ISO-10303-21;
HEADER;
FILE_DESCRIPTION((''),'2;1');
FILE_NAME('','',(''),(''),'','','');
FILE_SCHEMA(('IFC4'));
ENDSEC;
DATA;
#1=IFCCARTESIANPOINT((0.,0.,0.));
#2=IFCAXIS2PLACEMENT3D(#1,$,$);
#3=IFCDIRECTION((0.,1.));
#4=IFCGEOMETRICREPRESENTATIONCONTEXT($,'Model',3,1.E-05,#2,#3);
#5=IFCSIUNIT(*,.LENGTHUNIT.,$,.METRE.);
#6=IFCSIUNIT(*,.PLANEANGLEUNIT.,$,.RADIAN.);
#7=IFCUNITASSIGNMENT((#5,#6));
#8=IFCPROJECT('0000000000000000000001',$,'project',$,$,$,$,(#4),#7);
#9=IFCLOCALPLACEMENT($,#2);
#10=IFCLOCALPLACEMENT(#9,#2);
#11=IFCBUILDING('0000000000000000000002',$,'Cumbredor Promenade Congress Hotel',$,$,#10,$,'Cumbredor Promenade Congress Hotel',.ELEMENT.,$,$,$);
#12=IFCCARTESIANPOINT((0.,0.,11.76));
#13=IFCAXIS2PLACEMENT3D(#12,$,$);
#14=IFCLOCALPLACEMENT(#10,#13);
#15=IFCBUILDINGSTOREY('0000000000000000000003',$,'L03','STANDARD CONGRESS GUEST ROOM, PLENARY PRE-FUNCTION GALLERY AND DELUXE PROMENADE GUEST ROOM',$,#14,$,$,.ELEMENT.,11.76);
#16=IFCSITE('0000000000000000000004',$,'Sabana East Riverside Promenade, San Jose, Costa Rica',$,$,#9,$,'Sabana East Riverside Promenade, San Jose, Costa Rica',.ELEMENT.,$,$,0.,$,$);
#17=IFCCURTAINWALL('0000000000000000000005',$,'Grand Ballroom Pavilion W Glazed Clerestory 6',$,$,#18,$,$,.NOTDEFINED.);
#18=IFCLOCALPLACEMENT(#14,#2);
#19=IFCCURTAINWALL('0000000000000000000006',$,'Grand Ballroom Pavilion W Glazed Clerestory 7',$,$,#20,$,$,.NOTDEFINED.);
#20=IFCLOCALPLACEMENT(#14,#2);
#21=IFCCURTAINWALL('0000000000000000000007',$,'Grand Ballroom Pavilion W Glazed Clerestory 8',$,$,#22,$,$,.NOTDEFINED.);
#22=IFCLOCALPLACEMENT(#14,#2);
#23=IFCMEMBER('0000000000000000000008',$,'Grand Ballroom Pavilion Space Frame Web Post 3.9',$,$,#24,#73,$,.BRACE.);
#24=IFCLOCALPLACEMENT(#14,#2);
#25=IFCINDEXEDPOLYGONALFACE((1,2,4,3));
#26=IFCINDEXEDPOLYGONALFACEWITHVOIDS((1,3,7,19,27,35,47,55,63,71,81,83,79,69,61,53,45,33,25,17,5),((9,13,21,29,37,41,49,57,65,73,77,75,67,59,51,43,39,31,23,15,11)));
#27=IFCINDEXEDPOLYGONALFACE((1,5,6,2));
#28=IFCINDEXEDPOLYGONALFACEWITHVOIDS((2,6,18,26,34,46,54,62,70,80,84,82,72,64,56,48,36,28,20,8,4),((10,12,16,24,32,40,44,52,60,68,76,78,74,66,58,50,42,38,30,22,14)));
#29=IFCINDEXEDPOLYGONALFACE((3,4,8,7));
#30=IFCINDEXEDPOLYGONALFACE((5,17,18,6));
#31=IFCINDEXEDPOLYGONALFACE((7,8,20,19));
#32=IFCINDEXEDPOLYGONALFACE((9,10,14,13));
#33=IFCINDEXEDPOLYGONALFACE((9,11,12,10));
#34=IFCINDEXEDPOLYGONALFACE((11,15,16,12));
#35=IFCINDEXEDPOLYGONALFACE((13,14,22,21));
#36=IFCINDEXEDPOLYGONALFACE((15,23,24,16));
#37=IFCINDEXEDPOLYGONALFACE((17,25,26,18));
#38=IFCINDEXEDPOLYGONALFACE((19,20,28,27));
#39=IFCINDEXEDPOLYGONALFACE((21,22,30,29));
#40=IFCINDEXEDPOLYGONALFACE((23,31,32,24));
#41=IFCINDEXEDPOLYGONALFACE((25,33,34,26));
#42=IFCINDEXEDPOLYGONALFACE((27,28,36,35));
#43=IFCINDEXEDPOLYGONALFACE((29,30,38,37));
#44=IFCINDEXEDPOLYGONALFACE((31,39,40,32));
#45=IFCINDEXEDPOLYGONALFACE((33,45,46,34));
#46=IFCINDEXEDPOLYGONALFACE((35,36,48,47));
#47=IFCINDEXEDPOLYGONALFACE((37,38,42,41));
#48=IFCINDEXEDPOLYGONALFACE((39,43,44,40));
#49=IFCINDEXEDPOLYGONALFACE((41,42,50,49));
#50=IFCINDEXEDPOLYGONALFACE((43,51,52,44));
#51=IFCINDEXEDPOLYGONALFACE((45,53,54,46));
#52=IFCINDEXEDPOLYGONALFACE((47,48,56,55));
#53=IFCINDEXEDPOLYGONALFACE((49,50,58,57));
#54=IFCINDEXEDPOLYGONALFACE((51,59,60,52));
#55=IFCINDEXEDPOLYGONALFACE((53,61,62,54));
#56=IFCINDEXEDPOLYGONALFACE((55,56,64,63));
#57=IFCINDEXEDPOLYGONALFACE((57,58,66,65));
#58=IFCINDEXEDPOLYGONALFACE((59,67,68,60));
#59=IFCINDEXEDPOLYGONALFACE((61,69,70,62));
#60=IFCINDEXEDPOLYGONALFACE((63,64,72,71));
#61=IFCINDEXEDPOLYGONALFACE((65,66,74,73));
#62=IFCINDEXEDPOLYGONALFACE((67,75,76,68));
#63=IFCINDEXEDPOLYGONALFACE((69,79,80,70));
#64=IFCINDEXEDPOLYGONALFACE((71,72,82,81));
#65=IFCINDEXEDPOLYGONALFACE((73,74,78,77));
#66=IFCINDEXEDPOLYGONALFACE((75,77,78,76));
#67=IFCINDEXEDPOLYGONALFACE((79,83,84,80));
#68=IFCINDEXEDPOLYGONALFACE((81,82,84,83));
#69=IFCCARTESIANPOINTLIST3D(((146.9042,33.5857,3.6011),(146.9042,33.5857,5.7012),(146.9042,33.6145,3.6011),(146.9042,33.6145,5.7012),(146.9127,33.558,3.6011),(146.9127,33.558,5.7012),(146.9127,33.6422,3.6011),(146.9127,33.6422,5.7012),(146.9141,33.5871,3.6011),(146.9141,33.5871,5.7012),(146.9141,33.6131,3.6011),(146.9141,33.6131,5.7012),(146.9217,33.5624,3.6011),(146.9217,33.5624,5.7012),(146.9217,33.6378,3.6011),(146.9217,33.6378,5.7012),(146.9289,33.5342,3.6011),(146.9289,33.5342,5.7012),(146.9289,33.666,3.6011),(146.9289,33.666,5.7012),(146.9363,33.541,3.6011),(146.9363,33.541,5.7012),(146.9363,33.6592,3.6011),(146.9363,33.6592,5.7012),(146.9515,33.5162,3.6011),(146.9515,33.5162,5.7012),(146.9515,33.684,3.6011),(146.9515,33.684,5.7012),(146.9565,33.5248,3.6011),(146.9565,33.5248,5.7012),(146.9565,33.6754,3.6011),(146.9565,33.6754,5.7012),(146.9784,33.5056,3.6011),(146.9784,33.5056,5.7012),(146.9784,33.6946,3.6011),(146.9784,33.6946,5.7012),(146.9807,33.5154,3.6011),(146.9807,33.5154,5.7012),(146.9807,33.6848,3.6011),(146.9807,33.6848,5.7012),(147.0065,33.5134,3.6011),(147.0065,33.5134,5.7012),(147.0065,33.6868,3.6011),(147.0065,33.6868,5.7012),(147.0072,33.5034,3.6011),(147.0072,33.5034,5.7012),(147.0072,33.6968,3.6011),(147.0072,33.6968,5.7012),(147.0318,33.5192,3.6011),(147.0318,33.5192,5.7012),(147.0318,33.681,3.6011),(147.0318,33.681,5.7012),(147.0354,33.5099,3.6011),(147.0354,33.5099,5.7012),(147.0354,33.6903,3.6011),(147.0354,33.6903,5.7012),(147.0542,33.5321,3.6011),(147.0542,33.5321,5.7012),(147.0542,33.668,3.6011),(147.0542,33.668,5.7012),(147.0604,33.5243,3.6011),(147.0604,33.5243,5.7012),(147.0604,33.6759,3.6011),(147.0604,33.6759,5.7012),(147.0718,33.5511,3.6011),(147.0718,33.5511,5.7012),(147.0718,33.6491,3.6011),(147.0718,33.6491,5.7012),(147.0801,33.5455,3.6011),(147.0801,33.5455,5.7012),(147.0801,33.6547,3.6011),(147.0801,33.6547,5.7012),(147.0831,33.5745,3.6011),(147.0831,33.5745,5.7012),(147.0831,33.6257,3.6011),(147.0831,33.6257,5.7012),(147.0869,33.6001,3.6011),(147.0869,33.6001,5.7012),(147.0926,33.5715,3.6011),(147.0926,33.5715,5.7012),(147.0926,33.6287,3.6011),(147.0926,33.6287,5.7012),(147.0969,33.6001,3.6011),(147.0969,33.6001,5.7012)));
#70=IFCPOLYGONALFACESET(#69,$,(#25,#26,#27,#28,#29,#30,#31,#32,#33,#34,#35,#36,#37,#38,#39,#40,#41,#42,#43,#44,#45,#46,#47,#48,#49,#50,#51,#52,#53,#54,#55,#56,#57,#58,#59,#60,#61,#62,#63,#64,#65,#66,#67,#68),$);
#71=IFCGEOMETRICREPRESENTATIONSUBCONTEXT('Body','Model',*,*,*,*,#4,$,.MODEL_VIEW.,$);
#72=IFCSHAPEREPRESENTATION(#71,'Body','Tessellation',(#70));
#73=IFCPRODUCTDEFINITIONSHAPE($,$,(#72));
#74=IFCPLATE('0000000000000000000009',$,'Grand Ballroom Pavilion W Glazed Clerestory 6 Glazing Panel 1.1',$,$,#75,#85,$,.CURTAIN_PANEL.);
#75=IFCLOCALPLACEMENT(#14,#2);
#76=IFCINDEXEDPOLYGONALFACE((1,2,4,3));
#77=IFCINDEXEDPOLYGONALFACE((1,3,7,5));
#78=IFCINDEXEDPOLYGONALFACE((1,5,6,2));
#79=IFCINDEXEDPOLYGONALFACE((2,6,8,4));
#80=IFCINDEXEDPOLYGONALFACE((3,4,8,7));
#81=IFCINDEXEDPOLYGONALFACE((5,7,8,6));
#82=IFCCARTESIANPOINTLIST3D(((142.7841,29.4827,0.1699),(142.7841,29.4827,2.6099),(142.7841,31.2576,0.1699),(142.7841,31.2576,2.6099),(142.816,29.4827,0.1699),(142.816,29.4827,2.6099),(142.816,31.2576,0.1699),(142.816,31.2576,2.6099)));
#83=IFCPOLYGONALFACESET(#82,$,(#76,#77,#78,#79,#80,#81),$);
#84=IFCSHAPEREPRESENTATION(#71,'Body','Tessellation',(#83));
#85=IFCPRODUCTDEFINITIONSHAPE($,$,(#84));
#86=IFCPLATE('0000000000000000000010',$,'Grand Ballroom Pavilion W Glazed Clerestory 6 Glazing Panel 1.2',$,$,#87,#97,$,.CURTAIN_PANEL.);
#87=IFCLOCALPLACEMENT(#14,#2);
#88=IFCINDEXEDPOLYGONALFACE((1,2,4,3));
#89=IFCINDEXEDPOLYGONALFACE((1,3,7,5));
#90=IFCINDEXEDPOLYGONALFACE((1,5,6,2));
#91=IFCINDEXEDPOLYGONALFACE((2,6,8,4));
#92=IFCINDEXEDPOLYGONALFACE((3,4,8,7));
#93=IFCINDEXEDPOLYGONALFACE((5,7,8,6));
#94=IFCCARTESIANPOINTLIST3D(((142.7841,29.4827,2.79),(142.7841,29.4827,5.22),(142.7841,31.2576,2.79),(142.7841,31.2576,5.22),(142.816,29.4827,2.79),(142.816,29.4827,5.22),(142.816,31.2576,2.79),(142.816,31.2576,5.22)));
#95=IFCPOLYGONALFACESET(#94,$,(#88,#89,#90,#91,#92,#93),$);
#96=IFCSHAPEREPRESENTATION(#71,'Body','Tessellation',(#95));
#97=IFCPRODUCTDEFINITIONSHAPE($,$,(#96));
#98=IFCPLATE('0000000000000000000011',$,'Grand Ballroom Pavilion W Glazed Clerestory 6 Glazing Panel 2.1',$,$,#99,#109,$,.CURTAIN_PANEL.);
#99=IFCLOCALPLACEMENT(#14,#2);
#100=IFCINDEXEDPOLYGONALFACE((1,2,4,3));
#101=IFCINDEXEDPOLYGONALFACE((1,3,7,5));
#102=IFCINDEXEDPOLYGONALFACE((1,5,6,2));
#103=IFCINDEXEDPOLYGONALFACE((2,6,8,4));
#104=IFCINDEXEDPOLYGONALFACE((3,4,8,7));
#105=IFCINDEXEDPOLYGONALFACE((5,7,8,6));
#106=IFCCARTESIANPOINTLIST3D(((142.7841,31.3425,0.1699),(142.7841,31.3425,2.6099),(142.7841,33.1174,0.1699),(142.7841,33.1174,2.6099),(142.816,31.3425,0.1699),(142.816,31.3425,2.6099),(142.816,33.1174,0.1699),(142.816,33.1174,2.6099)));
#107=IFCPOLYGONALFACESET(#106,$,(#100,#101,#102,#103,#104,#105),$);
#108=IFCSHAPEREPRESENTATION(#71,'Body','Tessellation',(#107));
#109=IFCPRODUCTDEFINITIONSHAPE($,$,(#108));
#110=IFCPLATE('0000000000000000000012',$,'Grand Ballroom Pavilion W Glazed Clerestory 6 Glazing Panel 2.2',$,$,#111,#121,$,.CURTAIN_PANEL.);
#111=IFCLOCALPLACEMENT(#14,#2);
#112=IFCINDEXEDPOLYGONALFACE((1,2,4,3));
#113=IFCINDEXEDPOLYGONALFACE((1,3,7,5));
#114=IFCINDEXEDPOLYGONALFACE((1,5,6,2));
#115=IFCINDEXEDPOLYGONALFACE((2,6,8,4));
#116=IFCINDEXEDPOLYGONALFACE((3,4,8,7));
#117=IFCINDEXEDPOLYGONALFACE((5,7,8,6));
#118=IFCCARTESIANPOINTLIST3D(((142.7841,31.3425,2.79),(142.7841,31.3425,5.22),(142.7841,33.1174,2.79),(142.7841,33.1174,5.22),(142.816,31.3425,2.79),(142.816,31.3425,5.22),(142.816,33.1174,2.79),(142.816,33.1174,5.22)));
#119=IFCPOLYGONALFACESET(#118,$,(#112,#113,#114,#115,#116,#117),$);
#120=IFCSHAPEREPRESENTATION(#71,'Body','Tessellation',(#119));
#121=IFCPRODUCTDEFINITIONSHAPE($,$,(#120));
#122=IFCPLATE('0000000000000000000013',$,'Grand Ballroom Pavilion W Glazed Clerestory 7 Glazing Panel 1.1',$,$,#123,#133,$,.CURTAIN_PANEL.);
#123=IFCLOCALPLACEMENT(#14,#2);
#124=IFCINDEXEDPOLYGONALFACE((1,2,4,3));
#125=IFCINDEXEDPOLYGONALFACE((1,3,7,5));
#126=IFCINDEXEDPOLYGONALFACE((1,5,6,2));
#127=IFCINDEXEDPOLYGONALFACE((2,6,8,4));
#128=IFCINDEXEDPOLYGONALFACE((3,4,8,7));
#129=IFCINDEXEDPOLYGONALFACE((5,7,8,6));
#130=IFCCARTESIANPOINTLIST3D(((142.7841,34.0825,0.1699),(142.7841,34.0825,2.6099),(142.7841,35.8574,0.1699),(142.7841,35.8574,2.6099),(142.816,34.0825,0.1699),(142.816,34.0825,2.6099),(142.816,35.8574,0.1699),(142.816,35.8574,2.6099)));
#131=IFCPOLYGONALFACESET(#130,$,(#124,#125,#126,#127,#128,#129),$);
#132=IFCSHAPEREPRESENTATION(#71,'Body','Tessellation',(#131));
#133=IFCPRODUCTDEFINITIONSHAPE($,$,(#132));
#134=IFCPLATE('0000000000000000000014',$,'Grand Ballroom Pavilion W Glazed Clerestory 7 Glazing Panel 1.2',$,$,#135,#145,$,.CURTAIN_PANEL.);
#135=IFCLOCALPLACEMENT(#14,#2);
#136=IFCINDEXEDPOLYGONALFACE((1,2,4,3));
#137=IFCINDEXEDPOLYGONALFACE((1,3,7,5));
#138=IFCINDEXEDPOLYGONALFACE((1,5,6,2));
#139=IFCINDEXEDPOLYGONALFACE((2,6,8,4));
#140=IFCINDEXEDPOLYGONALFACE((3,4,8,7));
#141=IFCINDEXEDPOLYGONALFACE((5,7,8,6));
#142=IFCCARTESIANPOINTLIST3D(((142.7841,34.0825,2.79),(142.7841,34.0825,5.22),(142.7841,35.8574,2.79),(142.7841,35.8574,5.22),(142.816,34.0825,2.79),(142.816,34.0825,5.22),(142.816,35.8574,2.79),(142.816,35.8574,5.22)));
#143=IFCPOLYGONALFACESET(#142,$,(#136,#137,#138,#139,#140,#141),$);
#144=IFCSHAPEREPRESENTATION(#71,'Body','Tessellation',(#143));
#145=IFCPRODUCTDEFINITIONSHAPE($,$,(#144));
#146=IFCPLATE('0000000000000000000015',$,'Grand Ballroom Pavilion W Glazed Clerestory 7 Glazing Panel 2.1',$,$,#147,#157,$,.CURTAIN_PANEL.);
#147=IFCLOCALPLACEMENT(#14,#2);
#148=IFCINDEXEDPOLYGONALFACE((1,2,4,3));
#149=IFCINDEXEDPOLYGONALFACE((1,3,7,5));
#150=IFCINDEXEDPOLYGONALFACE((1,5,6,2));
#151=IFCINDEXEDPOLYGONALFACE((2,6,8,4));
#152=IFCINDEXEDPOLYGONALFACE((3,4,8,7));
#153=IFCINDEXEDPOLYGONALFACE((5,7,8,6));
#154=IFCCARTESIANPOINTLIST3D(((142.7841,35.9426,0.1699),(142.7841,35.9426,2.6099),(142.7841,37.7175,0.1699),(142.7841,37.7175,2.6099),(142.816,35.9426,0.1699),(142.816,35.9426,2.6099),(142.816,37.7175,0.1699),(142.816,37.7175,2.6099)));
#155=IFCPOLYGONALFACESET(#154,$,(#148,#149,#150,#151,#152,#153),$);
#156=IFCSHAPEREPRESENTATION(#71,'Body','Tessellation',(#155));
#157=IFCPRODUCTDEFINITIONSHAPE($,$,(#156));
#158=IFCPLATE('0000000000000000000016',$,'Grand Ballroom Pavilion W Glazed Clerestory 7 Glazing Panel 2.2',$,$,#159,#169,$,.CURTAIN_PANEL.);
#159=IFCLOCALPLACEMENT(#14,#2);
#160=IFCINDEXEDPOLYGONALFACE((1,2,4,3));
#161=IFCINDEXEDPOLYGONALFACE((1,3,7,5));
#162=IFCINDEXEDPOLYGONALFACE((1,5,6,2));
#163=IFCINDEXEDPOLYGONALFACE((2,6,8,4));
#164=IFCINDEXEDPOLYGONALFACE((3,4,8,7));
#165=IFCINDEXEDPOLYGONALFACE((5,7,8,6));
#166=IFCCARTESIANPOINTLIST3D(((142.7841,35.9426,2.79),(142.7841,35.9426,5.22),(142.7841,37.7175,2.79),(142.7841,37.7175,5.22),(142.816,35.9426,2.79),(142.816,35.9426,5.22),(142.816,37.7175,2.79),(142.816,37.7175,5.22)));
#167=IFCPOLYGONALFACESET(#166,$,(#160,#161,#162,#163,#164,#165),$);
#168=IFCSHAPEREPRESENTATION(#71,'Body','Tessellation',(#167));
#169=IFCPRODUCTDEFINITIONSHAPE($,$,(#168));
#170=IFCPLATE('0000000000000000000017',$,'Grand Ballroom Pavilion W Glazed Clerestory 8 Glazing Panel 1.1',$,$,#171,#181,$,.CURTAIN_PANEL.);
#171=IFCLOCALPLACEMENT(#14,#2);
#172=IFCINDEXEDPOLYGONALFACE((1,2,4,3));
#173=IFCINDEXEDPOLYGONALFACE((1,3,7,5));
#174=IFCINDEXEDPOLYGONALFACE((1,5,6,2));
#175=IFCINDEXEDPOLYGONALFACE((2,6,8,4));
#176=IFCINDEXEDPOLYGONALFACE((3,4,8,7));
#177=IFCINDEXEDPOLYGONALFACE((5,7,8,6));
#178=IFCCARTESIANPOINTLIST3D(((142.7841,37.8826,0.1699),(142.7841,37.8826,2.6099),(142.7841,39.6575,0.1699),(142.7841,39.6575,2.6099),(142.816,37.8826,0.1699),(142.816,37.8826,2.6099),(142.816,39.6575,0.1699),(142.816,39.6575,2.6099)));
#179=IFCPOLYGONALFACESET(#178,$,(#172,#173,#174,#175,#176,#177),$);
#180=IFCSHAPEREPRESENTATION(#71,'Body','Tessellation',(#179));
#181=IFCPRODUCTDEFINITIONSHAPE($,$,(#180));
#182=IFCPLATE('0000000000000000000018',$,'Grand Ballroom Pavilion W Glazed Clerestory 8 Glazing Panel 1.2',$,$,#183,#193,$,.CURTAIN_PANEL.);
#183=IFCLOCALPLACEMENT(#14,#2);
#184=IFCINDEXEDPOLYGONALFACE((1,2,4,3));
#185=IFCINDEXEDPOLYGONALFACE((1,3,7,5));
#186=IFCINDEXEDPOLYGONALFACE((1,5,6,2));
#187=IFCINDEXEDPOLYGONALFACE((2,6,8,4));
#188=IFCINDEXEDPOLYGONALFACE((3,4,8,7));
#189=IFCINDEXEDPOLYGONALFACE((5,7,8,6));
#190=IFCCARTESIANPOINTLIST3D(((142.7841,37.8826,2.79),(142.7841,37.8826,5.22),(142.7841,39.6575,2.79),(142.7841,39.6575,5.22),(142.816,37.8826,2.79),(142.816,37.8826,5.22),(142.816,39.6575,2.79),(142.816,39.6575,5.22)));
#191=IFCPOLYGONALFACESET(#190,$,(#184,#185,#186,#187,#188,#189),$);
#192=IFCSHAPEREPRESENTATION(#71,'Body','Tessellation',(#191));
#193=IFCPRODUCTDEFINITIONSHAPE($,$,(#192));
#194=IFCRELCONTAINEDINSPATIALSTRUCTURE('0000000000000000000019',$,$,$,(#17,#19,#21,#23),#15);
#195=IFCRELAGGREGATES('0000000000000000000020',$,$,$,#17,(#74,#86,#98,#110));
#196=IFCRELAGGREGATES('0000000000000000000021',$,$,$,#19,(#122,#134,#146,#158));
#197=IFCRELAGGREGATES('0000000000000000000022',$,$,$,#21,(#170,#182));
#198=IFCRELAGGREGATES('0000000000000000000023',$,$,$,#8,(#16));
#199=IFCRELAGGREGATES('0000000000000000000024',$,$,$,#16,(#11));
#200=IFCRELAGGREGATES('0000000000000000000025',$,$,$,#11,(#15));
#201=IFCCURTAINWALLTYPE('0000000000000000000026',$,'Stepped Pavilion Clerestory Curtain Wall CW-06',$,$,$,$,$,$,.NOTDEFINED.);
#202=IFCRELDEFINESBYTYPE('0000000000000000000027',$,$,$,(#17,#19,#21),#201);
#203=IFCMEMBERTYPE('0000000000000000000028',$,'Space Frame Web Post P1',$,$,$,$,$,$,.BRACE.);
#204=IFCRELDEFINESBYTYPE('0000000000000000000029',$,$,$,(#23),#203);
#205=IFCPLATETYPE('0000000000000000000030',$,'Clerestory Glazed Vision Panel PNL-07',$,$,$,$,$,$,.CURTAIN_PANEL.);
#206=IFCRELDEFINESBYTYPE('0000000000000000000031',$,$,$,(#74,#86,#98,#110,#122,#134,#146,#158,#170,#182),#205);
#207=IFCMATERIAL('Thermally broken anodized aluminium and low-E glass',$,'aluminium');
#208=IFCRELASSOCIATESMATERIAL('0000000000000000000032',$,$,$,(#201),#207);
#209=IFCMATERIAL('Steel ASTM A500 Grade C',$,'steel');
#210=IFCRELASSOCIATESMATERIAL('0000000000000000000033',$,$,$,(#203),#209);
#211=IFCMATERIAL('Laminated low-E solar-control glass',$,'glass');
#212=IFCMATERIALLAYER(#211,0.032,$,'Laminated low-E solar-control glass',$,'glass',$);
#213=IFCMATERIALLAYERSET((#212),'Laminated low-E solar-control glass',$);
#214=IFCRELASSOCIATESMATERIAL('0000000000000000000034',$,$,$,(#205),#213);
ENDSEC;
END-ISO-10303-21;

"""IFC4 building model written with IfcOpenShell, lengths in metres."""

from ifc_helpers import new_model, si_unit, direction, frame, origin, origin_2d, place, context, subcontext, project, spatial, rectangle, hollow_circle, extrude, material, layer, layer_set, material_profile, profile_set, type_object, element, aggregate, save


model = new_model("IFC4")

# Units and contexts
model_context = context("Model", 3, precision=1e-05, world=origin(), true_north=direction((0.0, 1.0)))
body_context = subcontext(model_context, "Body", "Model", "MODEL_VIEW")
ifc_project = project(units=[si_unit("LENGTHUNIT", "METRE"), si_unit("PLANEANGLEUNIT", "RADIAN")], contexts=[model_context])

# Site, building, storey
site_placement = place(None, origin())
site = spatial("IfcSite", under=ifc_project, at=site_placement, Name="Sabana East Riverside Promenade, San Jose, Costa Rica", LongName="Sabana East Riverside Promenade, San Jose, Costa Rica", CompositionType="ELEMENT", RefElevation=0.0)
building_placement = place(site_placement, origin())
building = spatial("IfcBuilding", under=site, at=building_placement, Name="Cumbredor Promenade Congress Hotel", LongName="Cumbredor Promenade Congress Hotel", CompositionType="ELEMENT")
storey_placement = place(building_placement, frame((0.0, 0.0, 11.76)))
storey = spatial("IfcBuildingStorey", under=building, at=storey_placement, Name="L03", Description="STANDARD CONGRESS GUEST ROOM, PLENARY PRE-FUNCTION GALLERY AND DELUXE PROMENADE GUEST ROOM", CompositionType="ELEMENT", Elevation=11.76)

# Curtain walls
ifc_material_1 = material(Name="Thermally broken anodized aluminium and low-E glass", Category="aluminium")
curtain_wall_type = type_object("IfcCurtainWallType", Name="Stepped Pavilion Clerestory Curtain Wall CW-06", PredefinedType="NOTDEFINED", material=ifc_material_1)
curtain_wall_1_placement = place(storey_placement, origin())
curtain_wall_1 = element("IfcCurtainWall", 1, at=curtain_wall_1_placement, inside=storey, type_object=curtain_wall_type, Name="Grand Ballroom Pavilion W Glazed Clerestory 6", PredefinedType="NOTDEFINED")
curtain_wall_2_placement = place(storey_placement, origin())
curtain_wall_2 = element("IfcCurtainWall", 2, at=curtain_wall_2_placement, inside=storey, type_object=curtain_wall_type, Name="Grand Ballroom Pavilion W Glazed Clerestory 7", PredefinedType="NOTDEFINED")
curtain_wall_3_placement = place(storey_placement, origin())
curtain_wall_3 = element("IfcCurtainWall", 3, at=curtain_wall_3_placement, inside=storey, type_object=curtain_wall_type, Name="Grand Ballroom Pavilion W Glazed Clerestory 8", PredefinedType="NOTDEFINED")

# Member
ifc_material_2 = material(Name="Steel ASTM A500 Grade C", Category="steel")
ifc_material_profile_1 = material_profile(ifc_material_2, hollow_circle(Radius=0.0969, WallThickness=0.01, at=origin_2d()), Name="CHS 193.7x10")
ifc_profile_set_1 = profile_set([ifc_material_profile_1], Name="Steel ASTM A500 Grade C")
member_type_1 = type_object("IfcMemberType", Name="Space Frame Web Post P1", PredefinedType="BRACE", material=ifc_profile_set_1)
member_1_placement = place(storey_placement, frame((147.0, 33.6001, 3.6011), z_axis=(0.0, 0.0, 1.0), x_axis=(1.0, 0.0, 0.0)))
element("IfcMember", 4, at=member_1_placement, inside=storey, type_object=member_type_1, Name="Grand Ballroom Pavilion Space Frame Web Post 3.9", PredefinedType="BRACE", context=body_context, shape_type="SweptSolid", body=[
    extrude(hollow_circle(Radius=0.0969, WallThickness=0.01, at=origin_2d()), origin(), (0.0, 0.0, 1.0), 2.1001),
])

# Plates
ifc_material_3 = material(Name="Laminated low-E solar-control glass", Category="glass")
ifc_layer_1 = layer(ifc_material_3, 0.032, Name="Laminated low-E solar-control glass", Category="glass")
ifc_layer_set_1 = layer_set([ifc_layer_1], Name="Laminated low-E solar-control glass")
plate_type_1 = type_object("IfcPlateType", Name="Clerestory Glazed Vision Panel PNL-07", PredefinedType="CURTAIN_PANEL", material=ifc_layer_set_1)
plate_1_placement = place(storey_placement, frame((142.8, 30.3701, 0.1699), z_axis=(0.0, 0.0, 1.0), x_axis=(0.0, 1.0, 0.0)))
plate_1 = element("IfcPlate", 5, at=plate_1_placement, type_object=plate_type_1, Name="Grand Ballroom Pavilion W Glazed Clerestory 6 Glazing Panel 1.1", PredefinedType="CURTAIN_PANEL", context=body_context, shape_type="SweptSolid", body=[
    extrude(rectangle(XDim=1.7749, YDim=0.032, at=origin_2d()), origin(), (0.0, 0.0, 1.0), 2.4399),
])
plate_2_placement = place(storey_placement, frame((142.8, 30.3701, 2.79), z_axis=(0.0, 0.0, 1.0), x_axis=(0.0, 1.0, 0.0)))
plate_2 = element("IfcPlate", 6, at=plate_2_placement, type_object=plate_type_1, Name="Grand Ballroom Pavilion W Glazed Clerestory 6 Glazing Panel 1.2", PredefinedType="CURTAIN_PANEL", context=body_context, shape_type="SweptSolid", body=[
    extrude(rectangle(XDim=1.7749, YDim=0.032, at=origin_2d()), origin(), (0.0, 0.0, 1.0), 2.4299),
])
plate_3_placement = place(storey_placement, frame((142.8, 32.23, 0.1699), z_axis=(0.0, 0.0, 1.0), x_axis=(0.0, 1.0, 0.0)))
plate_3 = element("IfcPlate", 7, at=plate_3_placement, type_object=plate_type_1, Name="Grand Ballroom Pavilion W Glazed Clerestory 6 Glazing Panel 2.1", PredefinedType="CURTAIN_PANEL", context=body_context, shape_type="SweptSolid", body=[
    extrude(rectangle(XDim=1.7749, YDim=0.032, at=origin_2d()), origin(), (0.0, 0.0, 1.0), 2.4399),
])
plate_4_placement = place(storey_placement, frame((142.8, 32.23, 2.79), z_axis=(0.0, 0.0, 1.0), x_axis=(0.0, 1.0, 0.0)))
plate_4 = element("IfcPlate", 8, at=plate_4_placement, type_object=plate_type_1, Name="Grand Ballroom Pavilion W Glazed Clerestory 6 Glazing Panel 2.2", PredefinedType="CURTAIN_PANEL", context=body_context, shape_type="SweptSolid", body=[
    extrude(rectangle(XDim=1.7749, YDim=0.032, at=origin_2d()), origin(), (0.0, 0.0, 1.0), 2.4299),
])
aggregate(curtain_wall_1, [plate_1, plate_2, plate_3, plate_4])
plate_5_placement = place(storey_placement, frame((142.8, 34.97, 0.1699), z_axis=(0.0, 0.0, 1.0), x_axis=(0.0, 1.0, 0.0)))
plate_5 = element("IfcPlate", 9, at=plate_5_placement, type_object=plate_type_1, Name="Grand Ballroom Pavilion W Glazed Clerestory 7 Glazing Panel 1.1", PredefinedType="CURTAIN_PANEL", context=body_context, shape_type="SweptSolid", body=[
    extrude(rectangle(XDim=1.7749, YDim=0.032, at=origin_2d()), origin(), (0.0, 0.0, 1.0), 2.4399),
])
plate_6_placement = place(storey_placement, frame((142.8, 34.97, 2.79), z_axis=(0.0, 0.0, 1.0), x_axis=(0.0, 1.0, 0.0)))
plate_6 = element("IfcPlate", 10, at=plate_6_placement, type_object=plate_type_1, Name="Grand Ballroom Pavilion W Glazed Clerestory 7 Glazing Panel 1.2", PredefinedType="CURTAIN_PANEL", context=body_context, shape_type="SweptSolid", body=[
    extrude(rectangle(XDim=1.7749, YDim=0.032, at=origin_2d()), origin(), (0.0, 0.0, 1.0), 2.4299),
])
plate_7_placement = place(storey_placement, frame((142.8, 36.8301, 0.1699), z_axis=(0.0, 0.0, 1.0), x_axis=(0.0, 1.0, 0.0)))
plate_7 = element("IfcPlate", 11, at=plate_7_placement, type_object=plate_type_1, Name="Grand Ballroom Pavilion W Glazed Clerestory 7 Glazing Panel 2.1", PredefinedType="CURTAIN_PANEL", context=body_context, shape_type="SweptSolid", body=[
    extrude(rectangle(XDim=1.7749, YDim=0.032, at=origin_2d()), origin(), (0.0, 0.0, 1.0), 2.4399),
])
plate_8_placement = place(storey_placement, frame((142.8, 36.8301, 2.79), z_axis=(0.0, 0.0, 1.0), x_axis=(0.0, 1.0, 0.0)))
plate_8 = element("IfcPlate", 12, at=plate_8_placement, type_object=plate_type_1, Name="Grand Ballroom Pavilion W Glazed Clerestory 7 Glazing Panel 2.2", PredefinedType="CURTAIN_PANEL", context=body_context, shape_type="SweptSolid", body=[
    extrude(rectangle(XDim=1.7749, YDim=0.032, at=origin_2d()), origin(), (0.0, 0.0, 1.0), 2.4299),
])
aggregate(curtain_wall_2, [plate_5, plate_6, plate_7, plate_8])
plate_9_placement = place(storey_placement, frame((142.8, 38.77, 0.1699), z_axis=(0.0, 0.0, 1.0), x_axis=(0.0, 1.0, 0.0)))
plate_9 = element("IfcPlate", 13, at=plate_9_placement, type_object=plate_type_1, Name="Grand Ballroom Pavilion W Glazed Clerestory 8 Glazing Panel 1.1", PredefinedType="CURTAIN_PANEL", context=body_context, shape_type="SweptSolid", body=[
    extrude(rectangle(XDim=1.7749, YDim=0.032, at=origin_2d()), origin(), (0.0, 0.0, 1.0), 2.4399),
])
plate_10_placement = place(storey_placement, frame((142.8, 38.77, 2.79), z_axis=(0.0, 0.0, 1.0), x_axis=(0.0, 1.0, 0.0)))
plate_10 = element("IfcPlate", 14, at=plate_10_placement, type_object=plate_type_1, Name="Grand Ballroom Pavilion W Glazed Clerestory 8 Glazing Panel 1.2", PredefinedType="CURTAIN_PANEL", context=body_context, shape_type="SweptSolid", body=[
    extrude(rectangle(XDim=1.7749, YDim=0.032, at=origin_2d()), origin(), (0.0, 0.0, 1.0), 2.4299),
])
aggregate(curtain_wall_3, [plate_9, plate_10])

save(model, "model.ifc")
